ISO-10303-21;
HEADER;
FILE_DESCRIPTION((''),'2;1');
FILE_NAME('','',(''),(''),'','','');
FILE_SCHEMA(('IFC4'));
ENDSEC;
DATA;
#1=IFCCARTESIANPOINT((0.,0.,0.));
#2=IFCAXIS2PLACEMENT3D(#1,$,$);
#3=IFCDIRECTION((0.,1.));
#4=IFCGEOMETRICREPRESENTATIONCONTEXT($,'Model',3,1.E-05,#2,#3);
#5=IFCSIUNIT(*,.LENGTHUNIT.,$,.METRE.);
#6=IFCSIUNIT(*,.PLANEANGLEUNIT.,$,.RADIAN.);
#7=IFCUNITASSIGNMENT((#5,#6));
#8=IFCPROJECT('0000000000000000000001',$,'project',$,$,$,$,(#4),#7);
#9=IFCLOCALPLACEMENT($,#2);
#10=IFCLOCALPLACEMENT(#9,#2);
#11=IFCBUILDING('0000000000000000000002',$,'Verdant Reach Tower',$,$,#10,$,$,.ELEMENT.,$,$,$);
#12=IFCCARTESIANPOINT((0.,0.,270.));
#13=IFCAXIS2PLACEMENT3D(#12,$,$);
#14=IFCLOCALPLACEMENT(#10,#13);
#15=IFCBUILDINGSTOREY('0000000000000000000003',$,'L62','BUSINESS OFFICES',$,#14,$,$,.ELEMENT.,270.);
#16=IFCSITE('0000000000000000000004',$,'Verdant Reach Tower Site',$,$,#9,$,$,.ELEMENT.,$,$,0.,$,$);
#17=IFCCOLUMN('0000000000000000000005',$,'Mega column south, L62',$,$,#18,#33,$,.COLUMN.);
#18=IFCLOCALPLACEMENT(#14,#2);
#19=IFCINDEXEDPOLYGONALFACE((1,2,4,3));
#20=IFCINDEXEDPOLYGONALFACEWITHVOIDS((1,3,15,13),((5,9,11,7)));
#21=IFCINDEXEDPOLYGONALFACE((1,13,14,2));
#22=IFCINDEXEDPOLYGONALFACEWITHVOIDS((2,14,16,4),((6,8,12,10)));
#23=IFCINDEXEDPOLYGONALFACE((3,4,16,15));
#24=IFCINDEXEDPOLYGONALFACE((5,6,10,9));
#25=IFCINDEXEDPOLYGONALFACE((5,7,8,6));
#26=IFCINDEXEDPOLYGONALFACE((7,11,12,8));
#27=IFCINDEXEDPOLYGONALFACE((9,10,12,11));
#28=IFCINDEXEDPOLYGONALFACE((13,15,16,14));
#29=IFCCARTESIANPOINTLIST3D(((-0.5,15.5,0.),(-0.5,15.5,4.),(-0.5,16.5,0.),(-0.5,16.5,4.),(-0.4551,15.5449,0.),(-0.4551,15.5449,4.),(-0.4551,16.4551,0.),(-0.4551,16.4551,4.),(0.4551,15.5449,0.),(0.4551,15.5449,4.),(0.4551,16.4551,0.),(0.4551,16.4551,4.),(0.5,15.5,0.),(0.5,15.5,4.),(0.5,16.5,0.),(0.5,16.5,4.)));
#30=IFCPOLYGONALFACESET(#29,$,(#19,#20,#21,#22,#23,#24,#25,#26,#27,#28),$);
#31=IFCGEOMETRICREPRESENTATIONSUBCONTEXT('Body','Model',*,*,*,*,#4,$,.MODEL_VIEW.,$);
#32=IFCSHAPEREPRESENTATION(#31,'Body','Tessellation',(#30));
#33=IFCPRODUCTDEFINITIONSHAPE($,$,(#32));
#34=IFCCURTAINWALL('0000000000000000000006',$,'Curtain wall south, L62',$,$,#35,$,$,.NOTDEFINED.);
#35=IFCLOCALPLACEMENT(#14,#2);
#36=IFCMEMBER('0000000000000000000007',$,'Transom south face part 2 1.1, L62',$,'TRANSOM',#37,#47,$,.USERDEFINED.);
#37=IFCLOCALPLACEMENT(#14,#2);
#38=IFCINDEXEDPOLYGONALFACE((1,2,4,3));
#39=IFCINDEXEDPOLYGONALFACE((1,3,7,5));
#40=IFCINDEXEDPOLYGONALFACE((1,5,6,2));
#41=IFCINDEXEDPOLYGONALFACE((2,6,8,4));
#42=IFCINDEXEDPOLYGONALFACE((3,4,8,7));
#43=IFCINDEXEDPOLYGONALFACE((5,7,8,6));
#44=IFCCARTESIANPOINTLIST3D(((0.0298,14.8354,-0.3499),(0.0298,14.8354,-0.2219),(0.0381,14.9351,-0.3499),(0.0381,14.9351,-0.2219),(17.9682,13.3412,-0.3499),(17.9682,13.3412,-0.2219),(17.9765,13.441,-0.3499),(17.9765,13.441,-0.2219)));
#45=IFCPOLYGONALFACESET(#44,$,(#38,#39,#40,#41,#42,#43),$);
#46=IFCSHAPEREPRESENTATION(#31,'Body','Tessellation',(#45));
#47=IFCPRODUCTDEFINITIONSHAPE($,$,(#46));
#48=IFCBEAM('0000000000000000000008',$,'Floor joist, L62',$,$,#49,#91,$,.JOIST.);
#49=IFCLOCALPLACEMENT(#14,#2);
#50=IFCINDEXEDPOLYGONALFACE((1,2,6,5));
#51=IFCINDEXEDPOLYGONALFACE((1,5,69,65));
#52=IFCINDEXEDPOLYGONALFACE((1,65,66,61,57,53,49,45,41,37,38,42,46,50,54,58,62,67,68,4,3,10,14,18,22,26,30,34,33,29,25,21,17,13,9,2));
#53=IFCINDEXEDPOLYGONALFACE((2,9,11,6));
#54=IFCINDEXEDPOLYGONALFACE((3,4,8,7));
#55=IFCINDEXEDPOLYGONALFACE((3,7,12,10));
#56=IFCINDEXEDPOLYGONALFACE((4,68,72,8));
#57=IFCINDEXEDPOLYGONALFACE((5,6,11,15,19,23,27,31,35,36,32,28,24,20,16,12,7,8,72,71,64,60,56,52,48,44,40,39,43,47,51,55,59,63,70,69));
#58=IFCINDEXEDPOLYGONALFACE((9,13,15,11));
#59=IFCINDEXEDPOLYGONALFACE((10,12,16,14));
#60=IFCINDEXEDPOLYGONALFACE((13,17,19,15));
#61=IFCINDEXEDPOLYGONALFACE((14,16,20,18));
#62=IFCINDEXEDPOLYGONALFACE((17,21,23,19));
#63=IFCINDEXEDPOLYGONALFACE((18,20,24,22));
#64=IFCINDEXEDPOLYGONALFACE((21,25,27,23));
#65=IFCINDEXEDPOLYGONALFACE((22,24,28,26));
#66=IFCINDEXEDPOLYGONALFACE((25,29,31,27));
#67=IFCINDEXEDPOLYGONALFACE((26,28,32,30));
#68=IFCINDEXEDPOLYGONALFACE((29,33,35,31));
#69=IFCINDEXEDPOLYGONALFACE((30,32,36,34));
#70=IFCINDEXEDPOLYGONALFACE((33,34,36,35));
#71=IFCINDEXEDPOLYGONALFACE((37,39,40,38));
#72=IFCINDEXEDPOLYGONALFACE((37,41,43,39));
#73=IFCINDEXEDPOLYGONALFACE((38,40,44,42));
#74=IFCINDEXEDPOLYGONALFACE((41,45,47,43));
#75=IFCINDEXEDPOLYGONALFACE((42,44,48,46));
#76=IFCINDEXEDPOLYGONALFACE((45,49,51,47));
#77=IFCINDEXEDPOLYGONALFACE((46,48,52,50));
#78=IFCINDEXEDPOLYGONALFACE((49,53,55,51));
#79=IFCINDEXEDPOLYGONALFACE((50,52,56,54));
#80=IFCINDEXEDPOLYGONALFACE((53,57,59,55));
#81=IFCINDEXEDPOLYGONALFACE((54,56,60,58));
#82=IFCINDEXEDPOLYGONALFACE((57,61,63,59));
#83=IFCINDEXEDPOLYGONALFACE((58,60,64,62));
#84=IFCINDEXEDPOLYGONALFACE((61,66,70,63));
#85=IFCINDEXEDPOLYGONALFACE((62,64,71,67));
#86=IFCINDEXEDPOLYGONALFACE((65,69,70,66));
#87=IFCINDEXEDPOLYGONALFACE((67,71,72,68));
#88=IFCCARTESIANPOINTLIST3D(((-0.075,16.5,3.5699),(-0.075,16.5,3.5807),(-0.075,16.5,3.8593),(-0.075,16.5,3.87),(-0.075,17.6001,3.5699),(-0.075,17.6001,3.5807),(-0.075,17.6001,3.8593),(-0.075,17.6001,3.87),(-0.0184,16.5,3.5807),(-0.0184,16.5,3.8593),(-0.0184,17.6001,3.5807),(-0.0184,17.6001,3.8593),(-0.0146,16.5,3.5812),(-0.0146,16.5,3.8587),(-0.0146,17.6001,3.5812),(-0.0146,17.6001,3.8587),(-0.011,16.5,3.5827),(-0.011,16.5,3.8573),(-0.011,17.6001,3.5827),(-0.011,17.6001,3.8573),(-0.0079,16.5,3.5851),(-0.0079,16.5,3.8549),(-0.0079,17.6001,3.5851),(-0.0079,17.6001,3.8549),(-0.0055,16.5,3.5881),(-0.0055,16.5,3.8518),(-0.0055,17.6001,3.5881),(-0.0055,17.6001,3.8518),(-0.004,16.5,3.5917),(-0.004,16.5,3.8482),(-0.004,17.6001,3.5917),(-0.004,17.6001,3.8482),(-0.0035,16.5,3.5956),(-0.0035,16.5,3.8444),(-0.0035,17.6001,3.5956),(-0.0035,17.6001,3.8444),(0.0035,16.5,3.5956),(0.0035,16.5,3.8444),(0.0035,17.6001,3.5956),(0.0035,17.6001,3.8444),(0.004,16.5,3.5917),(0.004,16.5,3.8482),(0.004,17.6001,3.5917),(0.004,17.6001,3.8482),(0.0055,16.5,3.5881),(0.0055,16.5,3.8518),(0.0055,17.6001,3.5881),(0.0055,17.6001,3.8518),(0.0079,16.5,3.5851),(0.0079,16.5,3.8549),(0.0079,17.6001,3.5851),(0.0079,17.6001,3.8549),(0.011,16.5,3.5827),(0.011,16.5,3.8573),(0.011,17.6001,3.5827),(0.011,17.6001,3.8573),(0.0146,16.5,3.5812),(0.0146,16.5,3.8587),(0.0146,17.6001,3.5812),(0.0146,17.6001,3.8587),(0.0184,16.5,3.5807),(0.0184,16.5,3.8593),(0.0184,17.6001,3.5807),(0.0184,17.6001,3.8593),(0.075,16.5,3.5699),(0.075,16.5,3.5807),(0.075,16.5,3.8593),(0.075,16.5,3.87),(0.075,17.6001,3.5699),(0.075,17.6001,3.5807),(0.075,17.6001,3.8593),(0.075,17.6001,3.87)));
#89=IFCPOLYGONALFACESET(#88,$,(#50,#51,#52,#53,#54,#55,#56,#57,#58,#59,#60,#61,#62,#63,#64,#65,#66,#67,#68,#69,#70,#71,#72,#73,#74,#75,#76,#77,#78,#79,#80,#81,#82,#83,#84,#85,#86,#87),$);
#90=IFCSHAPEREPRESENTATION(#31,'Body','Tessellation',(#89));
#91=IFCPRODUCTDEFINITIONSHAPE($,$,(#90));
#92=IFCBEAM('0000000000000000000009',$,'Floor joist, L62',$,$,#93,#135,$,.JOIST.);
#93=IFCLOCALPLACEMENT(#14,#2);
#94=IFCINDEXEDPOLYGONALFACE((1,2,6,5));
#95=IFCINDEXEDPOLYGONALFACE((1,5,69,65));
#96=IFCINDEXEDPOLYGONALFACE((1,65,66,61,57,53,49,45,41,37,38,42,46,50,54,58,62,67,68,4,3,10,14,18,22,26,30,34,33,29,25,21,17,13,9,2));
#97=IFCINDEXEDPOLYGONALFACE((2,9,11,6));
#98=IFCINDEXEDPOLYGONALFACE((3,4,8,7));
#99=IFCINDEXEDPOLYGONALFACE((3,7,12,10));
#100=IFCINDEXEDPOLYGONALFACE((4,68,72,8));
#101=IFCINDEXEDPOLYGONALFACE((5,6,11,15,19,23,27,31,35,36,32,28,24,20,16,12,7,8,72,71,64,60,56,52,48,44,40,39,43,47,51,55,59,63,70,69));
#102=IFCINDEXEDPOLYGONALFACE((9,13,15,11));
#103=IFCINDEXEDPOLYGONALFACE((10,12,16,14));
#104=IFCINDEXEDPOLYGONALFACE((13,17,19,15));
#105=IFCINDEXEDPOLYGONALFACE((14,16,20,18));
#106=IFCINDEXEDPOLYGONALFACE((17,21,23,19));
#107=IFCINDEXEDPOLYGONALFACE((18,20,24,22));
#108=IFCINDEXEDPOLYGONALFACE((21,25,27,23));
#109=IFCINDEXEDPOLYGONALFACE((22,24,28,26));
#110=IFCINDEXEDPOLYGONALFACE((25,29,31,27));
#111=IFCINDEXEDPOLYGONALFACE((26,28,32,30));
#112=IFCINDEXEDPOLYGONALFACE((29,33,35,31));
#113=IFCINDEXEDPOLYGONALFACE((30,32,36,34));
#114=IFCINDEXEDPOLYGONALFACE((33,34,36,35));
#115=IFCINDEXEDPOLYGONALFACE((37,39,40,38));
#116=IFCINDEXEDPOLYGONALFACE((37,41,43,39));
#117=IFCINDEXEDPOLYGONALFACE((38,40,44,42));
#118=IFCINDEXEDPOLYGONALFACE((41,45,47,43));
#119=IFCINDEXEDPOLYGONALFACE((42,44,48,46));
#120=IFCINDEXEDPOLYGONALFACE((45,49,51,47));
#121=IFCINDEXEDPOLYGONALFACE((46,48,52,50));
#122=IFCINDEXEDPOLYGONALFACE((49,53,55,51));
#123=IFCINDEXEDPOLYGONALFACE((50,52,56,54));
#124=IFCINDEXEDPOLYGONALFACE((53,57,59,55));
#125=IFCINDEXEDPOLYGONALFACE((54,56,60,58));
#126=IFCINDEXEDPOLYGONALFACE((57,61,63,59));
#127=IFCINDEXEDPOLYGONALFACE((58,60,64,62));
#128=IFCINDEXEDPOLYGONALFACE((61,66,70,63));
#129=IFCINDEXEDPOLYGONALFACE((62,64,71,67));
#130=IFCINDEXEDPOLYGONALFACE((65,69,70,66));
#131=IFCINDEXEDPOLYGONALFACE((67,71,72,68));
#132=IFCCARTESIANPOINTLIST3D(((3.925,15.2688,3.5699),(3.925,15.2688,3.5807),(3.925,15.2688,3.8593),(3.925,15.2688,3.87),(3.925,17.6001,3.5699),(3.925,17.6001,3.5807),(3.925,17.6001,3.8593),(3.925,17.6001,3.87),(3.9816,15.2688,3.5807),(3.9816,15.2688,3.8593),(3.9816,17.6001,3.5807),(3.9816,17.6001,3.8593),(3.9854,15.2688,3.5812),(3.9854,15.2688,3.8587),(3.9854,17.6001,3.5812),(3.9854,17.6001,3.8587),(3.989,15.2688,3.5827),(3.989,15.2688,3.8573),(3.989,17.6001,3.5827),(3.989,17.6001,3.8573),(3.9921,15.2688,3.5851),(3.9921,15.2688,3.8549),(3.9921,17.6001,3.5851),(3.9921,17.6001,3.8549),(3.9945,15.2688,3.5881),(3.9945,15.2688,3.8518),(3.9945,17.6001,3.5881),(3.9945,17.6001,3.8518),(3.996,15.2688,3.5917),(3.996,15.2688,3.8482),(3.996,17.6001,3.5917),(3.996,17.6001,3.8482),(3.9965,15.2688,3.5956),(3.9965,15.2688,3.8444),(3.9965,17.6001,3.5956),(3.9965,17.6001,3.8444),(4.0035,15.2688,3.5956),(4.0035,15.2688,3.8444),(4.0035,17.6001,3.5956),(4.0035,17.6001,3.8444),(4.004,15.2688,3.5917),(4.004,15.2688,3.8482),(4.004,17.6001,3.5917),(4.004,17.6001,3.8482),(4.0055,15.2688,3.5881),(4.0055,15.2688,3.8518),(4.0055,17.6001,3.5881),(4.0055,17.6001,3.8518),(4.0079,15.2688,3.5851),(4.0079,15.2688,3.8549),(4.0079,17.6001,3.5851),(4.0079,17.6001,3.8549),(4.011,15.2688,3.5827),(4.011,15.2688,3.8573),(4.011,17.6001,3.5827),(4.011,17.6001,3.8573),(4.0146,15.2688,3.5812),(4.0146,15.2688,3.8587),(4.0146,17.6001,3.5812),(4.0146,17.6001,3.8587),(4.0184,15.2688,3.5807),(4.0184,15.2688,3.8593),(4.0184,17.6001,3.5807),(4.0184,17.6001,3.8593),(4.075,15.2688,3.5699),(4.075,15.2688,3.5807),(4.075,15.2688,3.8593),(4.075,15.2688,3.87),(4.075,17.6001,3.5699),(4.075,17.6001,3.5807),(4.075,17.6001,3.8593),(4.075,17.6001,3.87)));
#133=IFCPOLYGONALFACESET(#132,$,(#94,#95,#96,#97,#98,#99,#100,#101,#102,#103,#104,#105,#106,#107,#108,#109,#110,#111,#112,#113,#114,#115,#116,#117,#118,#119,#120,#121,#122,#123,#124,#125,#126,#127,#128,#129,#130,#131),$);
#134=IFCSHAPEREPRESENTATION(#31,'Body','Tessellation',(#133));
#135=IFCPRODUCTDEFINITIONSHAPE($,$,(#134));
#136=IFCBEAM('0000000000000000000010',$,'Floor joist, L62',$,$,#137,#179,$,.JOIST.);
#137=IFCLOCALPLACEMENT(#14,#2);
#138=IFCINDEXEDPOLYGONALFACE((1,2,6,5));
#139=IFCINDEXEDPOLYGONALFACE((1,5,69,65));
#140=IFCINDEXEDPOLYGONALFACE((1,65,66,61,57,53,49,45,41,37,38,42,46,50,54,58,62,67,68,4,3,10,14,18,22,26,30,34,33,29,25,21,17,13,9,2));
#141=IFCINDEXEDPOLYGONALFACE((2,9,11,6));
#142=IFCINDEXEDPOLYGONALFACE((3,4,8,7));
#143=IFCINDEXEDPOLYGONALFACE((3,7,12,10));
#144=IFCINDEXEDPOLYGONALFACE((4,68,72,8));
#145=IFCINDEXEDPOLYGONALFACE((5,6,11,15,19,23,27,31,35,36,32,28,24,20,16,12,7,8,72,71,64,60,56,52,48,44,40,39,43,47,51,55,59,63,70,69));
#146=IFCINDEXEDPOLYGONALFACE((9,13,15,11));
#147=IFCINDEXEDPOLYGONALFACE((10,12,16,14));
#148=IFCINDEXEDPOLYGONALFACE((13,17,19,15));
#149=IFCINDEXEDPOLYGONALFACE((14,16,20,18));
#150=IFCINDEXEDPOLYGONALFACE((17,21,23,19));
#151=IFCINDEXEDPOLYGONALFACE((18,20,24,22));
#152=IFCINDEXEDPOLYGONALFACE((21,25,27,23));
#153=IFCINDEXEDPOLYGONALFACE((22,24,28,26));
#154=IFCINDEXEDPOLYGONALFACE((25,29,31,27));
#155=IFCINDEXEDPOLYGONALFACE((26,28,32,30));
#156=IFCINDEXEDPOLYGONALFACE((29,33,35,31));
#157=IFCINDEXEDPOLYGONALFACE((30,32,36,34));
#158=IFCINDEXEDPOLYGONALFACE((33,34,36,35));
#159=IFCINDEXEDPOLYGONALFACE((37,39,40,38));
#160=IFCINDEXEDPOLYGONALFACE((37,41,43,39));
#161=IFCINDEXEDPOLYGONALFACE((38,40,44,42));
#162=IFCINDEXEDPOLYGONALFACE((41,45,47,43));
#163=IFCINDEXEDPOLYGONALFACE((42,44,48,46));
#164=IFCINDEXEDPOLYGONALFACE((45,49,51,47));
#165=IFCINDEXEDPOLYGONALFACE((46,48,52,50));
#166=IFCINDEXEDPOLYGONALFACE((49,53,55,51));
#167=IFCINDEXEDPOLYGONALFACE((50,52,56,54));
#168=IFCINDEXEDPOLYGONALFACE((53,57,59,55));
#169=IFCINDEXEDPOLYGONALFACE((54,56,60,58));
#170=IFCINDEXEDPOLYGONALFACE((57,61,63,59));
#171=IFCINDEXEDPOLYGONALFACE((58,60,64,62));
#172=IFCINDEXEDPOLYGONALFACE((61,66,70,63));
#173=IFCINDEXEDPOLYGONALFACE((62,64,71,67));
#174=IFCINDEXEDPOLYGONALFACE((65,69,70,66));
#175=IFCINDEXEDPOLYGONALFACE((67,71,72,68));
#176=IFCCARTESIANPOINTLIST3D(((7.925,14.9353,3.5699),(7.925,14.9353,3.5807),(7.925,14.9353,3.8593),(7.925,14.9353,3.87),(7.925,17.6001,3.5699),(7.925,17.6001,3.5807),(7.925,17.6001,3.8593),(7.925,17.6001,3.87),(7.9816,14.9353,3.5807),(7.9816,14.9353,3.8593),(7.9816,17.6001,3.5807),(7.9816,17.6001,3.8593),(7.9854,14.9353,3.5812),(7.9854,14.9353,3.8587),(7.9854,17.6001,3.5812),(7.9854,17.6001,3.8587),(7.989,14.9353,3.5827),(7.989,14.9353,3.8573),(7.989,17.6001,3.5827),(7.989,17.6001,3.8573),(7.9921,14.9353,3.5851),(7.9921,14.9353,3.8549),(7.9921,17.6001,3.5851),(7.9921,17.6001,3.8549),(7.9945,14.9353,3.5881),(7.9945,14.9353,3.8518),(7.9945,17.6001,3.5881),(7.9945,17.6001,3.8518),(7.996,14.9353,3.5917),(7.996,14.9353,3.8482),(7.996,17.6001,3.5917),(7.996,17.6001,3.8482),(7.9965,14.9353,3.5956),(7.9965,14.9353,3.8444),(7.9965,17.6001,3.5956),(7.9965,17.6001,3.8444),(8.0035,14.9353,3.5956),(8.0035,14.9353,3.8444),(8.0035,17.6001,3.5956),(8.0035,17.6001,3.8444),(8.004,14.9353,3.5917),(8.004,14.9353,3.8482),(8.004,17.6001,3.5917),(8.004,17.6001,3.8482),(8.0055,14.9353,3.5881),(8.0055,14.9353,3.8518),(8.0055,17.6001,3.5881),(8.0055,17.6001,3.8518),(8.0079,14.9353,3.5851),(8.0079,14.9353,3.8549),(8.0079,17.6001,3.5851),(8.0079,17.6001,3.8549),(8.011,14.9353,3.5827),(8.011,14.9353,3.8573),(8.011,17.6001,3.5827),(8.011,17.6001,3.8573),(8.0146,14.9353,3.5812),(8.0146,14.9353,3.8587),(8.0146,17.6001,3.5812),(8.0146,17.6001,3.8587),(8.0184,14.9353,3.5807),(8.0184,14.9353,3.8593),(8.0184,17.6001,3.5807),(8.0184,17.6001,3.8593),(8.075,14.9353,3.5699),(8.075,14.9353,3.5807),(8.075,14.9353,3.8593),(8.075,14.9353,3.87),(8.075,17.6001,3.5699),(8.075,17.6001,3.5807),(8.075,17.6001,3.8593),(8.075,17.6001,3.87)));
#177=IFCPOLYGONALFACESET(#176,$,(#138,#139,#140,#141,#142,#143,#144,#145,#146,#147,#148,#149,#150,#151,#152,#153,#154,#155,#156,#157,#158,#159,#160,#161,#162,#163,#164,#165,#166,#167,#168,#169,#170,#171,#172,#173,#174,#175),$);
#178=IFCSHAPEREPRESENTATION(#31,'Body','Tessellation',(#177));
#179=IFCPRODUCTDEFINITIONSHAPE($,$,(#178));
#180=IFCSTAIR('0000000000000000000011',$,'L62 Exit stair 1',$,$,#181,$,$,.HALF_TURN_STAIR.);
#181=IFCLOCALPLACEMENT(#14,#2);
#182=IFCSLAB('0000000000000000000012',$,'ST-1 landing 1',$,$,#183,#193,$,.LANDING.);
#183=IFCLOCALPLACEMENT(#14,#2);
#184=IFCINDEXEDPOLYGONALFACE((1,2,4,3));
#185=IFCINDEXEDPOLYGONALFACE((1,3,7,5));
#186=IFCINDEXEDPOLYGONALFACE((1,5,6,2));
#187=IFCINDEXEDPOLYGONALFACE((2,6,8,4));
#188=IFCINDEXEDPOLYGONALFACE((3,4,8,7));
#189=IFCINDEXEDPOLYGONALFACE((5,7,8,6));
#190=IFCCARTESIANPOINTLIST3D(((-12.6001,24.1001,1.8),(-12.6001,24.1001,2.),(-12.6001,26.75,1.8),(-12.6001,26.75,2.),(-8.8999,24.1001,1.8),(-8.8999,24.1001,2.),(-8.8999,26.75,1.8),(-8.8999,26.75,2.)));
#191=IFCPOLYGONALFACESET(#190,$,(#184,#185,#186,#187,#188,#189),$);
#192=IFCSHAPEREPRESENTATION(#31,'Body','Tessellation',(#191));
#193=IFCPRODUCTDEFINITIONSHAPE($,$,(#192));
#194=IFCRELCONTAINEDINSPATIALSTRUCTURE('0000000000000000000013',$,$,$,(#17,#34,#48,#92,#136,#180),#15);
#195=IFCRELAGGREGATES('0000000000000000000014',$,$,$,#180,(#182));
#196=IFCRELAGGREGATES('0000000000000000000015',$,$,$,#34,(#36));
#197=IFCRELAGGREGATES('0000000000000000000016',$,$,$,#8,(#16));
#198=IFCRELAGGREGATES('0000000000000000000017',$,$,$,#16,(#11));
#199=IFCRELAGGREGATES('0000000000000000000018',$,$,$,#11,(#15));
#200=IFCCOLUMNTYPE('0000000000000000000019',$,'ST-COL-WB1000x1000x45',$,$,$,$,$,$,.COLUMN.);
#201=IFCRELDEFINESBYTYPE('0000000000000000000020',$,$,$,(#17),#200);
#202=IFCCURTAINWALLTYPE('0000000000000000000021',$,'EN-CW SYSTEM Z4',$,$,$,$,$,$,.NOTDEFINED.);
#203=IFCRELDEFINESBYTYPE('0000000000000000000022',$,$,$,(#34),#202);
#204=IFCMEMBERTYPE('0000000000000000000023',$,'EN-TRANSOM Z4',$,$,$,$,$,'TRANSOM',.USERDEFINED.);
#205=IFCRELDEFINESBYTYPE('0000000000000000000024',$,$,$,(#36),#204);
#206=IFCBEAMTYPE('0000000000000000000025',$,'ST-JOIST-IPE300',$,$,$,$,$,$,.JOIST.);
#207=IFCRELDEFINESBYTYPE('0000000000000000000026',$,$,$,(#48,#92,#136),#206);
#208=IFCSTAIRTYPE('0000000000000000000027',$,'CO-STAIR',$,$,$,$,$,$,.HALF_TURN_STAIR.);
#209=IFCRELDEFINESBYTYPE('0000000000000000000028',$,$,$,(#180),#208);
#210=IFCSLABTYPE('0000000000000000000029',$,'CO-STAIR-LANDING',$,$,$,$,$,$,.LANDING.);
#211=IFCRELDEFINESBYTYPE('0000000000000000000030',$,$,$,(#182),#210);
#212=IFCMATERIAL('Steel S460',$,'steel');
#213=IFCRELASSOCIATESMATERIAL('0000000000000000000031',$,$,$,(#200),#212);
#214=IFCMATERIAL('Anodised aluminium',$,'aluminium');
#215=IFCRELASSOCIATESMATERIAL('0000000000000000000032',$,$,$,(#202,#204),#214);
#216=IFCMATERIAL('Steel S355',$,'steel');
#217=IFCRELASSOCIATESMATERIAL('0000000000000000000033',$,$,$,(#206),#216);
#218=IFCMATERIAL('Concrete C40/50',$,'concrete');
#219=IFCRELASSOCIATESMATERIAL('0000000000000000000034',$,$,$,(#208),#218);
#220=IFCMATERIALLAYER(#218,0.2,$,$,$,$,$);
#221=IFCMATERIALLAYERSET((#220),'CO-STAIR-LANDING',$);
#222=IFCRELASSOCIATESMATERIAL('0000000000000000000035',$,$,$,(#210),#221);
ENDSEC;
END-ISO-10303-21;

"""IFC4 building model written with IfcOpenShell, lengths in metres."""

from ifc_helpers import new_model, si_unit, direction, frame, origin, origin_2d, place, context, subcontext, project, spatial, polyline, rectangle, hollow_rectangle, i_section, outline, extrude, material, layer, layer_set, material_profile, profile_set, type_object, element, aggregate, save


model = new_model("IFC4")

# Units and contexts
model_context = context("Model", 3, precision=1e-05, world=origin(), true_north=direction((0.0, 1.0)))
body_context = subcontext(model_context, "Body", "Model", "MODEL_VIEW")
ifc_project = project(units=[si_unit("LENGTHUNIT", "METRE"), si_unit("PLANEANGLEUNIT", "RADIAN")], contexts=[model_context])

# Site, building, storey
site_placement = place(None, origin())
site = spatial("IfcSite", under=ifc_project, at=site_placement, Name="Verdant Reach Tower Site", CompositionType="ELEMENT", RefElevation=0.0)
building_placement = place(site_placement, origin())
building = spatial("IfcBuilding", under=site, at=building_placement, Name="Verdant Reach Tower", CompositionType="ELEMENT")
storey_placement = place(building_placement, frame((0.0, 0.0, 270.0)))
storey = spatial("IfcBuildingStorey", under=building, at=storey_placement, Name="L62", Description="BUSINESS OFFICES", CompositionType="ELEMENT", Elevation=270.0)

# Column
ifc_material_1 = material(Name="Steel S460", Category="steel")
ifc_material_profile_1 = material_profile(ifc_material_1, hollow_rectangle(XDim=1.0, YDim=1.0, WallThickness=0.0449, at=origin_2d()), Name="WB 1000x1000x45")
ifc_profile_set_1 = profile_set([ifc_material_profile_1], Name="Steel S460")
column_type = type_object("IfcColumnType", Name="ST-COL-WB1000x1000x45", PredefinedType="COLUMN", material=ifc_profile_set_1)
column_placement = place(storey_placement, frame((0.0, 16.0, 0.0), z_axis=(0.0, 0.0, 1.0), x_axis=(1.0, 0.0, 0.0)))
element("IfcColumn", 1, at=column_placement, inside=storey, type_object=column_type, Name="Mega column south, L62", PredefinedType="COLUMN", context=body_context, shape_type="SweptSolid", body=[
    extrude(hollow_rectangle(XDim=1.0, YDim=1.0, WallThickness=0.0449, at=origin_2d()), origin(), (0.0, 0.0, 1.0), 4.0),
])

# Curtain wall, member
ifc_material_2 = material(Name="Anodised aluminium", Category="aluminium")
curtain_wall_type = type_object("IfcCurtainWallType", Name="EN-CW SYSTEM Z4", PredefinedType="NOTDEFINED", material=ifc_material_2)
curtain_wall_placement = place(storey_placement, origin())
curtain_wall = element("IfcCurtainWall", 2, at=curtain_wall_placement, inside=storey, type_object=curtain_wall_type, Name="Curtain wall south, L62", PredefinedType="NOTDEFINED")
ifc_material_profile_2 = material_profile(ifc_material_2, rectangle(XDim=0.1001, YDim=0.1279, at=origin_2d()), Name="Transom 128x100")
ifc_profile_set_2 = profile_set([ifc_material_profile_2], Name="Anodised aluminium")
member_type = type_object("IfcMemberType", Name="EN-TRANSOM Z4", ElementType="TRANSOM", PredefinedType="USERDEFINED", material=ifc_profile_set_2)
member_placement = place(storey_placement, frame((0.0339, 14.8853, -0.2859), z_axis=(0.996549, -0.083005, 0.0), x_axis=(0.083005, 0.996549, 0.0)))
member = element("IfcMember", 3, at=member_placement, type_object=member_type, Name="Transom south face part 2 1.1, L62", ObjectType="TRANSOM", PredefinedType="USERDEFINED", context=body_context, shape_type="SweptSolid", body=[
    extrude(rectangle(XDim=0.1001, YDim=0.1279, at=origin_2d()), origin(), (0.0, 0.0, 1.0), 18.0005),
])

# Beams
ifc_material_3 = material(Name="Steel S355", Category="steel")
ifc_material_profile_3 = material_profile(ifc_material_3, i_section(OverallWidth=0.1499, OverallDepth=0.3, WebThickness=0.0071, FlangeThickness=0.0107, FilletRadius=0.0149, at=origin_2d()), Name="IPE 300")
ifc_profile_set_3 = profile_set([ifc_material_profile_3], Name="Steel S355")
beam_type = type_object("IfcBeamType", Name="ST-JOIST-IPE300", PredefinedType="JOIST", material=ifc_profile_set_3)
beam_1_placement = place(storey_placement, frame((0.0, 17.6001, 3.72), z_axis=(0.0, -1.0, 0.0), x_axis=(1.0, 0.0, 0.0)))
element("IfcBeam", 4, at=beam_1_placement, inside=storey, type_object=beam_type, Name="Floor joist, L62", PredefinedType="JOIST", context=body_context, shape_type="SweptSolid", body=[
    extrude(i_section(OverallWidth=0.1499, OverallDepth=0.3, WebThickness=0.0071, FlangeThickness=0.0107, FilletRadius=0.0149, at=origin_2d()), origin(), (0.0, 0.0, 1.0), 1.1001),
])
beam_2_placement = place(storey_placement, frame((4.0, 17.6001, 3.72), z_axis=(0.0, -1.0, 0.0), x_axis=(1.0, 0.0, 0.0)))
element("IfcBeam", 5, at=beam_2_placement, inside=storey, type_object=beam_type, Name="Floor joist, L62", PredefinedType="JOIST", context=body_context, shape_type="SweptSolid", body=[
    extrude(i_section(OverallWidth=0.1499, OverallDepth=0.3, WebThickness=0.0071, FlangeThickness=0.0107, FilletRadius=0.0149, at=origin_2d()), origin(), (0.0, 0.0, 1.0), 2.3313),
])
beam_3_placement = place(storey_placement, frame((8.0, 17.6001, 3.72), z_axis=(0.0, -1.0, 0.0), x_axis=(1.0, 0.0, 0.0)))
element("IfcBeam", 6, at=beam_3_placement, inside=storey, type_object=beam_type, Name="Floor joist, L62", PredefinedType="JOIST", context=body_context, shape_type="SweptSolid", body=[
    extrude(i_section(OverallWidth=0.1499, OverallDepth=0.3, WebThickness=0.0071, FlangeThickness=0.0107, FilletRadius=0.0149, at=origin_2d()), origin(), (0.0, 0.0, 1.0), 2.6648),
])

# Stair, slab
ifc_material_4 = material(Name="Concrete C40/50", Category="concrete")
stair_type = type_object("IfcStairType", Name="CO-STAIR", PredefinedType="HALF_TURN_STAIR", material=ifc_material_4)
stair_1_placement = place(storey_placement, origin())
stair_1 = element("IfcStair", 7, at=stair_1_placement, inside=storey, type_object=stair_type, Name="L62 Exit stair 1", PredefinedType="HALF_TURN_STAIR")
ifc_layer_1 = layer(ifc_material_4, 0.2)
ifc_layer_set_1 = layer_set([ifc_layer_1], Name="CO-STAIR-LANDING")
slab_type = type_object("IfcSlabType", Name="CO-STAIR-LANDING", PredefinedType="LANDING", material=ifc_layer_set_1)
slab_1_placement = place(storey_placement, frame((0.0, 0.0, 1.8)))
slab_1 = element("IfcSlab", 8, at=slab_1_placement, type_object=slab_type, Name="ST-1 landing 1", PredefinedType="LANDING", context=body_context, shape_type="SweptSolid", body=[
    extrude(outline(polyline([(-12.6001, 26.75), (-12.6001, 24.1001), (-8.8999, 24.1001), (-8.8999, 26.75), (-12.6001, 26.75)])), origin(), (0.0, 0.0, 1.0), 0.2),
])
aggregate(stair_1, [slab_1])

aggregate(curtain_wall, [member])

save(model, "model.ifc")
